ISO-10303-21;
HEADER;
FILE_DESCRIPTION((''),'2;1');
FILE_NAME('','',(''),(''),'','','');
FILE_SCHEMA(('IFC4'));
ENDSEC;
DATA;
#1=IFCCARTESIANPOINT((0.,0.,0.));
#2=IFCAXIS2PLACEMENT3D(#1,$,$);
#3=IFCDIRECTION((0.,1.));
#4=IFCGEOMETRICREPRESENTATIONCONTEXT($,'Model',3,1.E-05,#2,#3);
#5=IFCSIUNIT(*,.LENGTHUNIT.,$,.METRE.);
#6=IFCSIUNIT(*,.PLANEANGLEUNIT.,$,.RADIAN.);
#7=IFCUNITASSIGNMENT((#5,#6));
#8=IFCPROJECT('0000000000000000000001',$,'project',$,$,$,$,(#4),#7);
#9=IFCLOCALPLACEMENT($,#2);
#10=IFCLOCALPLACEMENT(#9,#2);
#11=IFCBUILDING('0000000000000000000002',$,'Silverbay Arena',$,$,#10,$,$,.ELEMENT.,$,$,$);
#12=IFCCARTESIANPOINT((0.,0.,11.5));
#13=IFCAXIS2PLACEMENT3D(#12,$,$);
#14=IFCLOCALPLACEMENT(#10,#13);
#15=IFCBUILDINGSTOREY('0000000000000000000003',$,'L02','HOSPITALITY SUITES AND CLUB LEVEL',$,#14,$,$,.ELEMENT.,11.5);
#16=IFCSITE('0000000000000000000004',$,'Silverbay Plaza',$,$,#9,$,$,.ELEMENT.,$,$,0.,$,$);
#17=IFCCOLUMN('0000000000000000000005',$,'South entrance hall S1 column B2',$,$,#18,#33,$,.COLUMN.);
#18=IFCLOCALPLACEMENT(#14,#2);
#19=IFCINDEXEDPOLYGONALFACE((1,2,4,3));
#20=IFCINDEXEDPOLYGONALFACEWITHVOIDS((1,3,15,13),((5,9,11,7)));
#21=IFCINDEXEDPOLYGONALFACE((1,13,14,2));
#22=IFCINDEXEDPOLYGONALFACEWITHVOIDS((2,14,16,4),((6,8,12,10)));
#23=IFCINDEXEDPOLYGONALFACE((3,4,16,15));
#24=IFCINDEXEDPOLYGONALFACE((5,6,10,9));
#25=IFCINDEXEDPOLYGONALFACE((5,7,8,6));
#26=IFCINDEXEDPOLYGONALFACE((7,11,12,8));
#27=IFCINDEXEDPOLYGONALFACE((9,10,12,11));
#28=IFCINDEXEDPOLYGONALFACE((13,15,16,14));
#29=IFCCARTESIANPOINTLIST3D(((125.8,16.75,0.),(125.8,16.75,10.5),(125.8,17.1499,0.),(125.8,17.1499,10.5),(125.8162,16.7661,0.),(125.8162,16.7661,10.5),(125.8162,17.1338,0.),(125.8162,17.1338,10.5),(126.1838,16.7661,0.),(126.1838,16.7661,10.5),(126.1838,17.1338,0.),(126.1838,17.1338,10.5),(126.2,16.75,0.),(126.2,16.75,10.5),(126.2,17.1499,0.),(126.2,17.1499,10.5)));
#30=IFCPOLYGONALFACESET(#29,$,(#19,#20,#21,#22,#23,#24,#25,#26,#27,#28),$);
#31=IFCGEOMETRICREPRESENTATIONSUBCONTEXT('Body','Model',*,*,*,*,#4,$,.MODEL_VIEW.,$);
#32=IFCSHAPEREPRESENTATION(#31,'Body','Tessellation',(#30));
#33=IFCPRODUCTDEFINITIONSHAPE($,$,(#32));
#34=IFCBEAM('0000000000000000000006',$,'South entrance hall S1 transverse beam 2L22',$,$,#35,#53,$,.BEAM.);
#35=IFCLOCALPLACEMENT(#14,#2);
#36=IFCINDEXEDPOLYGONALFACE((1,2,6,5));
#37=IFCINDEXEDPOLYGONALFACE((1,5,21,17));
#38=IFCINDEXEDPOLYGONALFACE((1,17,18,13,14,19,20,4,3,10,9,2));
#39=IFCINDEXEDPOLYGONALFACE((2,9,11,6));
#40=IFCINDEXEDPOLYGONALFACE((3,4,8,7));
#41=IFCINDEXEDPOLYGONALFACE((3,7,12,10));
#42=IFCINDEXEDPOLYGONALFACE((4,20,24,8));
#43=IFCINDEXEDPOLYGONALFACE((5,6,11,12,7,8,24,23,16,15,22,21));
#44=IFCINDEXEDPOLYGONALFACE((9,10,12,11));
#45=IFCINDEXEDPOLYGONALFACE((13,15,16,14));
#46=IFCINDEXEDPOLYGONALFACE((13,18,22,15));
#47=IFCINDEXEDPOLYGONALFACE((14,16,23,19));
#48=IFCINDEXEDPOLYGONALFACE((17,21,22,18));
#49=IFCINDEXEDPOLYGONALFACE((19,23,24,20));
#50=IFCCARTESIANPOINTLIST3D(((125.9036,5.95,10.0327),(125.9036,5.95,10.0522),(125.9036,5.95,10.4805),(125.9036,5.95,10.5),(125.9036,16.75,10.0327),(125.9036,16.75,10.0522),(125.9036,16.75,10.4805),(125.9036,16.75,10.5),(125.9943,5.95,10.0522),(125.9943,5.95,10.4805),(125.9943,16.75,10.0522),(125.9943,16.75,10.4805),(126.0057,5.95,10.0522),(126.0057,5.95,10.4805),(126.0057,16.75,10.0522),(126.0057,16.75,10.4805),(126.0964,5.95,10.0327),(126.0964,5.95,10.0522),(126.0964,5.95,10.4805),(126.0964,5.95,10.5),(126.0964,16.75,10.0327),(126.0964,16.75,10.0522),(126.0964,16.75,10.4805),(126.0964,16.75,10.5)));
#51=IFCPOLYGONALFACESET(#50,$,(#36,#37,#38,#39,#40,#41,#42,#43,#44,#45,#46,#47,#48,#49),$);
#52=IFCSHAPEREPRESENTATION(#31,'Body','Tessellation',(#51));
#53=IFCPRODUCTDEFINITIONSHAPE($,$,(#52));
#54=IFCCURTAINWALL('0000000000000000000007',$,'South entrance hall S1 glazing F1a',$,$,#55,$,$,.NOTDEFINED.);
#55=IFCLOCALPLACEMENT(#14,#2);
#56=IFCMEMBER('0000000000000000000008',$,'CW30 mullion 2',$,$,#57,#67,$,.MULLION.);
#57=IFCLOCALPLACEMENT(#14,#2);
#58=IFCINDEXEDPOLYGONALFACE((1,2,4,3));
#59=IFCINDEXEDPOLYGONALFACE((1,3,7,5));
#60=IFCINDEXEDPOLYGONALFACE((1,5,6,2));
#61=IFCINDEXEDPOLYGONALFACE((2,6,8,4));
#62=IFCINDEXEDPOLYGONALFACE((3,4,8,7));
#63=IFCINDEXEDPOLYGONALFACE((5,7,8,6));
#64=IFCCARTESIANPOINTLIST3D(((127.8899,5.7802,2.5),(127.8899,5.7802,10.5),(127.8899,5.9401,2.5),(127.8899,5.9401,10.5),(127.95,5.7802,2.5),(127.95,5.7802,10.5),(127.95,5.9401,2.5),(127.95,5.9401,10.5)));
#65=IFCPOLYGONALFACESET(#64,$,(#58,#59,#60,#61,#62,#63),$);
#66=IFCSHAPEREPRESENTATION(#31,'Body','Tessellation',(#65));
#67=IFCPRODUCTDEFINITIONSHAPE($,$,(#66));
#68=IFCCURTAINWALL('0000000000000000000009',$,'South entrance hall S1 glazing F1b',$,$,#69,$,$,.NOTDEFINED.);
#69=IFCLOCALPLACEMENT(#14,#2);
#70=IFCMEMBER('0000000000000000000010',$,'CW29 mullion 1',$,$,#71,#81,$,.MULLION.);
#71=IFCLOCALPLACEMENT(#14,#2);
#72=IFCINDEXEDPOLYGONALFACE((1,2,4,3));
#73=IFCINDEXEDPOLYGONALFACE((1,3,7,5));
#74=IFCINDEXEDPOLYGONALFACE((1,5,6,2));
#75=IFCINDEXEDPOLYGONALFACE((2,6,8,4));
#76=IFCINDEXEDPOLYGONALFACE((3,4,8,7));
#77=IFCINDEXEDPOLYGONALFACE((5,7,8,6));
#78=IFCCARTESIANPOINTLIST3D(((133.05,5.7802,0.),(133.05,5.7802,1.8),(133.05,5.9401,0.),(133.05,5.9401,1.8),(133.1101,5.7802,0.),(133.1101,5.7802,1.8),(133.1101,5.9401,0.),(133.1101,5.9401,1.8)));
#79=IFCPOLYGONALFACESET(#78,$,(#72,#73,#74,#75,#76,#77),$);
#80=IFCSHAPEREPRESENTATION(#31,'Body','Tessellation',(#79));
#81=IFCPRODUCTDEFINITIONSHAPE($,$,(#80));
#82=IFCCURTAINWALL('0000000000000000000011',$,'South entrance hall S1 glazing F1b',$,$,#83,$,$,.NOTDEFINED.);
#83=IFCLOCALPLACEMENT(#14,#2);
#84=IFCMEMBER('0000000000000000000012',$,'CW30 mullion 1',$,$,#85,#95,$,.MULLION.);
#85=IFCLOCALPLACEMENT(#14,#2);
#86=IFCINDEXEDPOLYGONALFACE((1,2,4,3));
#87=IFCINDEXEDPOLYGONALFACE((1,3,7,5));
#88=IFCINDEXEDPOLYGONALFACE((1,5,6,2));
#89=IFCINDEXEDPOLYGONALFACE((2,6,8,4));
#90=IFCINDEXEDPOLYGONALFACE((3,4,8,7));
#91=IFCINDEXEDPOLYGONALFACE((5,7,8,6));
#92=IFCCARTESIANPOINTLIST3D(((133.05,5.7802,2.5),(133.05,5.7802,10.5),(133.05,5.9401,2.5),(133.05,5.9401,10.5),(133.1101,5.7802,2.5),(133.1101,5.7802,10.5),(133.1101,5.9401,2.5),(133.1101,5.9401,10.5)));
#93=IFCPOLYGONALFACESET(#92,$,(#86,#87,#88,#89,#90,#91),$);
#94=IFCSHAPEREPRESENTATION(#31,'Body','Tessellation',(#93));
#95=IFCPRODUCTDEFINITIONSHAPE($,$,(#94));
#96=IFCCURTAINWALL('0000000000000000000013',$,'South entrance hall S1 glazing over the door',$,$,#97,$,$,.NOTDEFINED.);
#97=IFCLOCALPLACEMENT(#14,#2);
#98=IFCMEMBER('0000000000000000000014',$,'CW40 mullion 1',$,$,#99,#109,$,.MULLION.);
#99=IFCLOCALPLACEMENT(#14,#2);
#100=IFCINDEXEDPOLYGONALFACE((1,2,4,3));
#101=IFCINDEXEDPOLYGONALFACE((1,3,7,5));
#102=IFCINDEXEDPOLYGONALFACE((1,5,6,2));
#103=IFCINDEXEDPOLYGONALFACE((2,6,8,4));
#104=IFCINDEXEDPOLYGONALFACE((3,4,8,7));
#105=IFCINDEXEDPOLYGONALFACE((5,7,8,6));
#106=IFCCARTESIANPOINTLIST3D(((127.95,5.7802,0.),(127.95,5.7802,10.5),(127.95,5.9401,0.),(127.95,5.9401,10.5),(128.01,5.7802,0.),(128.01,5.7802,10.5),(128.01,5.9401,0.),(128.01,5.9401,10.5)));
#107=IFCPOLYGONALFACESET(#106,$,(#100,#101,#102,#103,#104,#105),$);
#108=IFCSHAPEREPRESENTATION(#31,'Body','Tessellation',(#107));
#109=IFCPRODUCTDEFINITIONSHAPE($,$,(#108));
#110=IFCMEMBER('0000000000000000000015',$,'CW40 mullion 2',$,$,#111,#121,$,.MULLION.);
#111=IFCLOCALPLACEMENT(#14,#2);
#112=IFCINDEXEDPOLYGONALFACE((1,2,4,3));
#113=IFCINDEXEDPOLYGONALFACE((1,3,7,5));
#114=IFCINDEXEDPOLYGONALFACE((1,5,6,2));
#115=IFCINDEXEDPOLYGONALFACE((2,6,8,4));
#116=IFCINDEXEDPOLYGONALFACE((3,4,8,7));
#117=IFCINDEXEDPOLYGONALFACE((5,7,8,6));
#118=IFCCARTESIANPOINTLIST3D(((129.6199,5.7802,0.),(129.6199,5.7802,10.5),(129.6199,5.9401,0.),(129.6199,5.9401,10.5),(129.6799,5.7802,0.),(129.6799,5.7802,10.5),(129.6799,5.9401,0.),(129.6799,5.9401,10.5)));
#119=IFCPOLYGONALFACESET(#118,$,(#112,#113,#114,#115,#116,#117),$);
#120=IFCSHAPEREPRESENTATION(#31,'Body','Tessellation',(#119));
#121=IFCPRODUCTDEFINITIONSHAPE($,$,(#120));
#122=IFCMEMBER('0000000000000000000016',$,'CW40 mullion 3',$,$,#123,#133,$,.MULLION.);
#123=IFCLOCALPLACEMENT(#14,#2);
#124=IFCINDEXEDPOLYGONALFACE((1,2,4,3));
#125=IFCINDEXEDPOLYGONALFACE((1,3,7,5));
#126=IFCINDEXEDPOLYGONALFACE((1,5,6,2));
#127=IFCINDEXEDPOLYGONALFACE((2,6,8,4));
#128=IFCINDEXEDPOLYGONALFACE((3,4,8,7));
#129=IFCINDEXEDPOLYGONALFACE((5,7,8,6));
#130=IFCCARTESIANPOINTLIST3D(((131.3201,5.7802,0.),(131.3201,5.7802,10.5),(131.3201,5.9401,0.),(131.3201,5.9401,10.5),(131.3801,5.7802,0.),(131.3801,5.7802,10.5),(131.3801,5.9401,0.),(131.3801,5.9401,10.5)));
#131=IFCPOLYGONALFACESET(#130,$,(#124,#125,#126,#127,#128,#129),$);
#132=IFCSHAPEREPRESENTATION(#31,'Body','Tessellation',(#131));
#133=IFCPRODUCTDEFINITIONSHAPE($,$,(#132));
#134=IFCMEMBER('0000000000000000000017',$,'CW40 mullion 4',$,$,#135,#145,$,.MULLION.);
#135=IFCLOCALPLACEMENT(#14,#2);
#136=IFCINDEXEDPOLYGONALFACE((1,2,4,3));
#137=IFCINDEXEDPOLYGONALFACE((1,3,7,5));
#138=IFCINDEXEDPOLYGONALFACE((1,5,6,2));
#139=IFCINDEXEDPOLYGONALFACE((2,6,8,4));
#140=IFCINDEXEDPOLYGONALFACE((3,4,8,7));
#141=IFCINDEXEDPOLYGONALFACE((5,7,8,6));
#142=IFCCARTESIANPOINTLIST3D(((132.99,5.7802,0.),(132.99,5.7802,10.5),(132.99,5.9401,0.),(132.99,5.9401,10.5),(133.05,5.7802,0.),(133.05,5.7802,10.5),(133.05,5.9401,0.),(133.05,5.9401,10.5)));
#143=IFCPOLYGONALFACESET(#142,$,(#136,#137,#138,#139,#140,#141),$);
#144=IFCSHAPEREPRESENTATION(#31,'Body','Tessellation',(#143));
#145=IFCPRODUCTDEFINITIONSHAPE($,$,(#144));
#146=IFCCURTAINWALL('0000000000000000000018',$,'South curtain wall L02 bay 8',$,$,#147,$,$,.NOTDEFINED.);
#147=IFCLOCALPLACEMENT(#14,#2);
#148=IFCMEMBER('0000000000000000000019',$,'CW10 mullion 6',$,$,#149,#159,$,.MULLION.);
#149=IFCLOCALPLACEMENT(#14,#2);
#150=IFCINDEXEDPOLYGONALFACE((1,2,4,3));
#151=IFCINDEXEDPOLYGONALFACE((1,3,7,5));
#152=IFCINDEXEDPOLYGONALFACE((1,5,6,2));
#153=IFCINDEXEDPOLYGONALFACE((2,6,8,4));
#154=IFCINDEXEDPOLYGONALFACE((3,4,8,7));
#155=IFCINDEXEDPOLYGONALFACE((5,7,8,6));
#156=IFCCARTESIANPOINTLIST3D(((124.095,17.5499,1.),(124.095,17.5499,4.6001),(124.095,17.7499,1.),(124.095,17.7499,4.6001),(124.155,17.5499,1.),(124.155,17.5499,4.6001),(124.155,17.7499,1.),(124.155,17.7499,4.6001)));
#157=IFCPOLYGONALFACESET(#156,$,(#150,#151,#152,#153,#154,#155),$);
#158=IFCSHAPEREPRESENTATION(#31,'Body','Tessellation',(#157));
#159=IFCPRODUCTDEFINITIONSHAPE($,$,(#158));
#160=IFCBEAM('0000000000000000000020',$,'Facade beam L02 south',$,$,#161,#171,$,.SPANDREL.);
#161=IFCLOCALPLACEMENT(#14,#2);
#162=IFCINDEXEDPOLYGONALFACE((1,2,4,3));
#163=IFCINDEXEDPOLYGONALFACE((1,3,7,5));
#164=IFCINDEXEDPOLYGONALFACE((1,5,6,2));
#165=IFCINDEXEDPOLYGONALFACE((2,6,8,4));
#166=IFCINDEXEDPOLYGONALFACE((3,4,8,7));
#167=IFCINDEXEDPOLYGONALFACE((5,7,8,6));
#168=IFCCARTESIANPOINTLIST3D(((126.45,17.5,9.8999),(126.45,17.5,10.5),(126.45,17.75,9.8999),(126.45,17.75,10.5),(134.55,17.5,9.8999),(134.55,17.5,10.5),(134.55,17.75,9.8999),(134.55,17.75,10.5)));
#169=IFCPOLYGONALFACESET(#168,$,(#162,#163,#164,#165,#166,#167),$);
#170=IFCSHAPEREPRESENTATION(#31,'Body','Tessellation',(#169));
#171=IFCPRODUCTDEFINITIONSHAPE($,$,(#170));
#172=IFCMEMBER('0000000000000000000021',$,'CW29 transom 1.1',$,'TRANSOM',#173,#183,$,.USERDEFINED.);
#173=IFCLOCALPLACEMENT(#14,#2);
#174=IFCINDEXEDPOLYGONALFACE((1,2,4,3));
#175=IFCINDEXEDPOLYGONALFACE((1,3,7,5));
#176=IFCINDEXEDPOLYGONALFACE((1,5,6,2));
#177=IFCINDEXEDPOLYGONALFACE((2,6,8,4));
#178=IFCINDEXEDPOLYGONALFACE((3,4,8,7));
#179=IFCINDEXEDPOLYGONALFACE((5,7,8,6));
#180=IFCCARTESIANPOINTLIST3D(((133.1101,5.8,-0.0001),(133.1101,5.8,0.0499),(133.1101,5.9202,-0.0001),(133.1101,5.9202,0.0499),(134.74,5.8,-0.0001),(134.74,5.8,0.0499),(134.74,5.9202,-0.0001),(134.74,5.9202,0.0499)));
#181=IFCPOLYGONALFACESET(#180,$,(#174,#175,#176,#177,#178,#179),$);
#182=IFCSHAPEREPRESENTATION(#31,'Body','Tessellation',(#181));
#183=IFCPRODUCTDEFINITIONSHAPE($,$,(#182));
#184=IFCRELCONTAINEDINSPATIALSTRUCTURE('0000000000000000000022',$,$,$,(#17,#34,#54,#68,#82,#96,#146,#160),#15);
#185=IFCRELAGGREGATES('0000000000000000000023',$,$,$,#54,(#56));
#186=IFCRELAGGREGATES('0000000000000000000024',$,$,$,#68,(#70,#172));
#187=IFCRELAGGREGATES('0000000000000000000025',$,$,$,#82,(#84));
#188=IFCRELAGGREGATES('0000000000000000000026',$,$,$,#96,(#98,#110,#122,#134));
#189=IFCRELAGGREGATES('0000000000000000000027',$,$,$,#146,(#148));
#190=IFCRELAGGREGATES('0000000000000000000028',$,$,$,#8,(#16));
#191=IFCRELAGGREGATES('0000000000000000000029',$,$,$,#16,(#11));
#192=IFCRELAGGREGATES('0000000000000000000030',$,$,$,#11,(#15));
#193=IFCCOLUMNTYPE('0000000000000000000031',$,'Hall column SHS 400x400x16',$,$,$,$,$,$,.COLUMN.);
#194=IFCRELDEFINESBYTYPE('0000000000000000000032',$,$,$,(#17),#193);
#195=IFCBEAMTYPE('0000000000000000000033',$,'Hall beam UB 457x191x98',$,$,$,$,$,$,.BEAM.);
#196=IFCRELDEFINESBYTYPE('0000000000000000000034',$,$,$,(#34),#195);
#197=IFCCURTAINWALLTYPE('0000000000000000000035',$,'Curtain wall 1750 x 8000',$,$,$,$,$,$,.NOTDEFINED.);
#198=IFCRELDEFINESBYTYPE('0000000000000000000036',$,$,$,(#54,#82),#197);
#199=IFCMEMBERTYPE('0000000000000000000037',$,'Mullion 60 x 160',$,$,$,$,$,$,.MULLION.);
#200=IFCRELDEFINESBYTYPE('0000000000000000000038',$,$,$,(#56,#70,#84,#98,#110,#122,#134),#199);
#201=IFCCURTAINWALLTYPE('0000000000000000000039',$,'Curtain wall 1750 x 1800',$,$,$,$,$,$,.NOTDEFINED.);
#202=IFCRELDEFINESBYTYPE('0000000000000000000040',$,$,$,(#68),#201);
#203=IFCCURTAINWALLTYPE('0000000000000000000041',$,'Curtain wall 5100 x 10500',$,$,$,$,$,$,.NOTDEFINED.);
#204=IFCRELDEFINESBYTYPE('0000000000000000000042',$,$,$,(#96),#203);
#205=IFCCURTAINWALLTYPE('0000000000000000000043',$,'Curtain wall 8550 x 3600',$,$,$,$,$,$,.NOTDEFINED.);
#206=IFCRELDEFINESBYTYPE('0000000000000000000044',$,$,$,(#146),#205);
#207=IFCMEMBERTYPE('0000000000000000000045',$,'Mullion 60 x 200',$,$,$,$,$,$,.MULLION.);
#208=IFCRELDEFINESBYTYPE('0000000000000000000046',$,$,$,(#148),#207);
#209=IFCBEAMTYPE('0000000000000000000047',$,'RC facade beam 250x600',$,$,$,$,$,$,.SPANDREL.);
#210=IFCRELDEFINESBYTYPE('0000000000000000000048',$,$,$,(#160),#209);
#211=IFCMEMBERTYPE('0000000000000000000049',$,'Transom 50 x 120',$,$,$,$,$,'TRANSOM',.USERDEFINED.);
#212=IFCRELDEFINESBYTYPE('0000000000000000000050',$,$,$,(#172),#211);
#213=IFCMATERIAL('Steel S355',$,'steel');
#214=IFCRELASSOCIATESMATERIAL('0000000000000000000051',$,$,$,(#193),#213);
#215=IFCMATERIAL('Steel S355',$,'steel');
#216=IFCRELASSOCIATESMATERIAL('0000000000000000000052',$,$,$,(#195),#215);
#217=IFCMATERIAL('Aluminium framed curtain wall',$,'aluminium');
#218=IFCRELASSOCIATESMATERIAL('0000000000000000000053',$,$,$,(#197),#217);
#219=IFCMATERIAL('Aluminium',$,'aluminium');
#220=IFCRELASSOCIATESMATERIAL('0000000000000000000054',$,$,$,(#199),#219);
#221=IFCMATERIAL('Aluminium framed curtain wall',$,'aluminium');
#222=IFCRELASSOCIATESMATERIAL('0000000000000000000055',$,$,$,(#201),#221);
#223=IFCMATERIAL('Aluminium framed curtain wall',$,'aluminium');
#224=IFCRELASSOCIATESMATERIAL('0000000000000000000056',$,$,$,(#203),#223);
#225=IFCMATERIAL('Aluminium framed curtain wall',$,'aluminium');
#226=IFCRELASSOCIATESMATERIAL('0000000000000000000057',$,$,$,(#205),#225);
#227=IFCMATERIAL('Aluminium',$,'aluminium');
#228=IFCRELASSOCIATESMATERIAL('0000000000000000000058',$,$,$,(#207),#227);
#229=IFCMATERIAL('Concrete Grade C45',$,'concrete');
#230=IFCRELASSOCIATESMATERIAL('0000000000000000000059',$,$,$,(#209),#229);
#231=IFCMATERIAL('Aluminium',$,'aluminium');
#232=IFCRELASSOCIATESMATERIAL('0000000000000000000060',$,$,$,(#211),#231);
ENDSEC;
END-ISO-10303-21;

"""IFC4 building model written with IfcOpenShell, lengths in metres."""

from ifc_helpers import new_model, si_unit, direction, frame, origin, origin_2d, place, context, subcontext, project, spatial, rectangle, hollow_rectangle, i_section, extrude, material, material_profile, profile_set, type_object, element, aggregate, save


model = new_model("IFC4")

# Units and contexts
model_context = context("Model", 3, precision=1e-05, world=origin(), true_north=direction((0.0, 1.0)))
body_context = subcontext(model_context, "Body", "Model", "MODEL_VIEW")
ifc_project = project(units=[si_unit("LENGTHUNIT", "METRE"), si_unit("PLANEANGLEUNIT", "RADIAN")], contexts=[model_context])

# Site, building, storey
site_placement = place(None, origin())
site = spatial("IfcSite", under=ifc_project, at=site_placement, Name="Silverbay Plaza", CompositionType="ELEMENT", RefElevation=0.0)
building_placement = place(site_placement, origin())
building = spatial("IfcBuilding", under=site, at=building_placement, Name="Silverbay Arena", CompositionType="ELEMENT")
storey_placement = place(building_placement, frame((0.0, 0.0, 11.5)))
storey = spatial("IfcBuildingStorey", under=building, at=storey_placement, Name="L02", Description="HOSPITALITY SUITES AND CLUB LEVEL", CompositionType="ELEMENT", Elevation=11.5)

# Column
ifc_material_1 = material(Name="Steel S355", Category="steel")
ifc_material_profile_1 = material_profile(ifc_material_1, hollow_rectangle(XDim=0.3999, YDim=0.3999, WallThickness=0.0161, at=origin_2d()), Name="SHS 400x400x16")
ifc_profile_set_1 = profile_set([ifc_material_profile_1], Name="Steel S355")
column_type = type_object("IfcColumnType", Name="Hall column SHS 400x400x16", PredefinedType="COLUMN", material=ifc_profile_set_1)
column_placement = place(storey_placement, frame((126.0, 16.95, 0.0), z_axis=(0.0, 0.0, 1.0), x_axis=(1.0, 0.0, 0.0)))
element("IfcColumn", 1, at=column_placement, inside=storey, type_object=column_type, Name="South entrance hall S1 column B2", PredefinedType="COLUMN", context=body_context, shape_type="SweptSolid", body=[
    extrude(hollow_rectangle(XDim=0.3999, YDim=0.3999, WallThickness=0.0161, at=origin_2d()), origin(), (0.0, 0.0, 1.0), 10.5),
])

# Beam
ifc_material_2 = material(Name="Steel S355", Category="steel")
ifc_material_profile_2 = material_profile(ifc_material_2, i_section(OverallWidth=0.1929, OverallDepth=0.4673, WebThickness=0.0115, FlangeThickness=0.0195, at=origin_2d()), Name="UB 457x191x98")
ifc_profile_set_2 = profile_set([ifc_material_profile_2], Name="Steel S355")
beam_type_1 = type_object("IfcBeamType", Name="Hall beam UB 457x191x98", PredefinedType="BEAM", material=ifc_profile_set_2)
beam_1_placement = place(storey_placement, frame((126.0, 16.75, 10.2664), z_axis=(0.0, -1.0, 0.0), x_axis=(1.0, 0.0, 0.0)))
element("IfcBeam", 2, at=beam_1_placement, inside=storey, type_object=beam_type_1, Name="South entrance hall S1 transverse beam 2L22", PredefinedType="BEAM", context=body_context, shape_type="SweptSolid", body=[
    extrude(i_section(OverallWidth=0.1929, OverallDepth=0.4673, WebThickness=0.0115, FlangeThickness=0.0195, at=origin_2d()), origin(), (0.0, 0.0, 1.0), 10.8),
])

# Curtain walls, members
ifc_material_3 = material(Name="Aluminium framed curtain wall", Category="aluminium")
curtain_wall_type_1 = type_object("IfcCurtainWallType", Name="Curtain wall 1750 x 8000", PredefinedType="NOTDEFINED", material=ifc_material_3)
curtain_wall_1_placement = place(storey_placement, origin())
curtain_wall_1 = element("IfcCurtainWall", 3, at=curtain_wall_1_placement, inside=storey, type_object=curtain_wall_type_1, Name="South entrance hall S1 glazing F1a", PredefinedType="NOTDEFINED")
ifc_material_4 = material(Name="Aluminium", Category="aluminium")
ifc_material_profile_3 = material_profile(ifc_material_4, rectangle(XDim=0.1599, YDim=0.0601, at=origin_2d()), Name="Mullion 60 x 160")
ifc_profile_set_3 = profile_set([ifc_material_profile_3], Name="Aluminium")
member_type_1 = type_object("IfcMemberType", Name="Mullion 60 x 160", PredefinedType="MULLION", material=ifc_profile_set_3)
member_1_placement = place(storey_placement, frame((127.9199, 5.8601, 2.5), z_axis=(0.0, 0.0, 1.0), x_axis=(0.0, 1.0, 0.0)))
member_1 = element("IfcMember", 4, at=member_1_placement, type_object=member_type_1, Name="CW30 mullion 2", PredefinedType="MULLION", context=body_context, shape_type="SweptSolid", body=[
    extrude(rectangle(XDim=0.1599, YDim=0.0601, at=origin_2d()), origin(), (0.0, 0.0, 1.0), 8.0),
])
aggregate(curtain_wall_1, [member_1])
ifc_material_5 = material(Name="Aluminium framed curtain wall", Category="aluminium")
curtain_wall_type_2 = type_object("IfcCurtainWallType", Name="Curtain wall 1750 x 1800", PredefinedType="NOTDEFINED", material=ifc_material_5)
curtain_wall_2_placement = place(storey_placement, origin())
curtain_wall_2 = element("IfcCurtainWall", 5, at=curtain_wall_2_placement, inside=storey, type_object=curtain_wall_type_2, Name="South entrance hall S1 glazing F1b", PredefinedType="NOTDEFINED")
member_2_placement = place(storey_placement, frame((133.0801, 5.8601, 0.0), z_axis=(0.0, 0.0, 1.0), x_axis=(0.0, 1.0, 0.0)))
member_2 = element("IfcMember", 6, at=member_2_placement, type_object=member_type_1, Name="CW29 mullion 1", PredefinedType="MULLION", context=body_context, shape_type="SweptSolid", body=[
    extrude(rectangle(XDim=0.1599, YDim=0.0601, at=origin_2d()), origin(), (0.0, 0.0, 1.0), 1.8),
])
curtain_wall_3_placement = place(storey_placement, origin())
curtain_wall_3 = element("IfcCurtainWall", 7, at=curtain_wall_3_placement, inside=storey, type_object=curtain_wall_type_1, Name="South entrance hall S1 glazing F1b", PredefinedType="NOTDEFINED")
member_3_placement = place(storey_placement, frame((133.0801, 5.8601, 2.5), z_axis=(0.0, 0.0, 1.0), x_axis=(0.0, 1.0, 0.0)))
member_3 = element("IfcMember", 8, at=member_3_placement, type_object=member_type_1, Name="CW30 mullion 1", PredefinedType="MULLION", context=body_context, shape_type="SweptSolid", body=[
    extrude(rectangle(XDim=0.1599, YDim=0.0601, at=origin_2d()), origin(), (0.0, 0.0, 1.0), 8.0),
])

# Curtain wall, members
ifc_material_6 = material(Name="Aluminium framed curtain wall", Category="aluminium")
curtain_wall_type_3 = type_object("IfcCurtainWallType", Name="Curtain wall 5100 x 10500", PredefinedType="NOTDEFINED", material=ifc_material_6)
curtain_wall_4_placement = place(storey_placement, origin())
curtain_wall_4 = element("IfcCurtainWall", 9, at=curtain_wall_4_placement, inside=storey, type_object=curtain_wall_type_3, Name="South entrance hall S1 glazing over the door", PredefinedType="NOTDEFINED")
member_4_placement = place(storey_placement, frame((127.98, 5.8601, 0.0), z_axis=(0.0, 0.0, 1.0), x_axis=(0.0, 1.0, 0.0)))
member_4 = element("IfcMember", 10, at=member_4_placement, type_object=member_type_1, Name="CW40 mullion 1", PredefinedType="MULLION", context=body_context, shape_type="SweptSolid", body=[
    extrude(rectangle(XDim=0.1599, YDim=0.0601, at=origin_2d()), origin(), (0.0, 0.0, 1.0), 10.5),
])
member_5_placement = place(storey_placement, frame((129.6499, 5.8601, 0.0), z_axis=(0.0, 0.0, 1.0), x_axis=(0.0, 1.0, 0.0)))
member_5 = element("IfcMember", 11, at=member_5_placement, type_object=member_type_1, Name="CW40 mullion 2", PredefinedType="MULLION", context=body_context, shape_type="SweptSolid", body=[
    extrude(rectangle(XDim=0.1599, YDim=0.0601, at=origin_2d()), origin(), (0.0, 0.0, 1.0), 10.5),
])
member_6_placement = place(storey_placement, frame((131.3501, 5.8601, 0.0), z_axis=(0.0, 0.0, 1.0), x_axis=(0.0, 1.0, 0.0)))
member_6 = element("IfcMember", 12, at=member_6_placement, type_object=member_type_1, Name="CW40 mullion 3", PredefinedType="MULLION", context=body_context, shape_type="SweptSolid", body=[
    extrude(rectangle(XDim=0.1599, YDim=0.0601, at=origin_2d()), origin(), (0.0, 0.0, 1.0), 10.5),
])
member_7_placement = place(storey_placement, frame((133.02, 5.8601, 0.0), z_axis=(0.0, 0.0, 1.0), x_axis=(0.0, 1.0, 0.0)))
member_7 = element("IfcMember", 13, at=member_7_placement, type_object=member_type_1, Name="CW40 mullion 4", PredefinedType="MULLION", context=body_context, shape_type="SweptSolid", body=[
    extrude(rectangle(XDim=0.1599, YDim=0.0601, at=origin_2d()), origin(), (0.0, 0.0, 1.0), 10.5),
])

# Curtain wall, member
ifc_material_7 = material(Name="Aluminium framed curtain wall", Category="aluminium")
curtain_wall_type_4 = type_object("IfcCurtainWallType", Name="Curtain wall 8550 x 3600", PredefinedType="NOTDEFINED", material=ifc_material_7)
curtain_wall_5_placement = place(storey_placement, origin())
curtain_wall_5 = element("IfcCurtainWall", 14, at=curtain_wall_5_placement, inside=storey, type_object=curtain_wall_type_4, Name="South curtain wall L02 bay 8", PredefinedType="NOTDEFINED")
ifc_material_8 = material(Name="Aluminium", Category="aluminium")
ifc_material_profile_4 = material_profile(ifc_material_8, rectangle(XDim=0.2, YDim=0.0601, at=origin_2d()), Name="Mullion 60 x 200")
ifc_profile_set_4 = profile_set([ifc_material_profile_4], Name="Aluminium")
member_type_2 = type_object("IfcMemberType", Name="Mullion 60 x 200", PredefinedType="MULLION", material=ifc_profile_set_4)
member_8_placement = place(storey_placement, frame((124.125, 17.6499, 1.0), z_axis=(0.0, 0.0, 1.0), x_axis=(0.0, 1.0, 0.0)))
member_8 = element("IfcMember", 15, at=member_8_placement, type_object=member_type_2, Name="CW10 mullion 6", PredefinedType="MULLION", context=body_context, shape_type="SweptSolid", body=[
    extrude(rectangle(XDim=0.2, YDim=0.0601, at=origin_2d()), origin(), (0.0, 0.0, 1.0), 3.6001),
])

# Beam
ifc_material_9 = material(Name="Concrete Grade C45", Category="concrete")
ifc_material_profile_5 = material_profile(ifc_material_9, rectangle(XDim=0.25, YDim=0.6001, at=origin_2d()), Name="RC 250x600")
ifc_profile_set_5 = profile_set([ifc_material_profile_5], Name="Concrete Grade C45")
beam_type_2 = type_object("IfcBeamType", Name="RC facade beam 250x600", PredefinedType="SPANDREL", material=ifc_profile_set_5)
beam_2_placement = place(storey_placement, frame((126.45, 17.625, 10.2), z_axis=(1.0, 0.0, 0.0), x_axis=(0.0, 1.0, 0.0)))
element("IfcBeam", 16, at=beam_2_placement, inside=storey, type_object=beam_type_2, Name="Facade beam L02 south", PredefinedType="SPANDREL", context=body_context, shape_type="SweptSolid", body=[
    extrude(rectangle(XDim=0.25, YDim=0.6001, at=origin_2d()), origin(), (0.0, 0.0, 1.0), 8.1001),
])

# Member
ifc_material_10 = material(Name="Aluminium", Category="aluminium")
ifc_material_profile_6 = material_profile(ifc_material_10, rectangle(XDim=0.1201, YDim=0.05, at=origin_2d()), Name="Transom 50 x 120")
ifc_profile_set_6 = profile_set([ifc_material_profile_6], Name="Aluminium")
member_type_3 = type_object("IfcMemberType", Name="Transom 50 x 120", ElementType="TRANSOM", PredefinedType="USERDEFINED", material=ifc_profile_set_6)
member_9_placement = place(storey_placement, frame((133.1101, 5.8601, 0.0249), z_axis=(1.0, 0.0, 0.0), x_axis=(0.0, 1.0, 0.0)))
member_9 = element("IfcMember", 17, at=member_9_placement, type_object=member_type_3, Name="CW29 transom 1.1", ObjectType="TRANSOM", PredefinedType="USERDEFINED", context=body_context, shape_type="SweptSolid", body=[
    extrude(rectangle(XDim=0.1201, YDim=0.05, at=origin_2d()), origin(), (0.0, 0.0, 1.0), 1.6299),
])
aggregate(curtain_wall_2, [member_2, member_9])
aggregate(curtain_wall_3, [member_3])

aggregate(curtain_wall_4, [member_4, member_5, member_6, member_7])
aggregate(curtain_wall_5, [member_8])

save(model, "model.ifc")
